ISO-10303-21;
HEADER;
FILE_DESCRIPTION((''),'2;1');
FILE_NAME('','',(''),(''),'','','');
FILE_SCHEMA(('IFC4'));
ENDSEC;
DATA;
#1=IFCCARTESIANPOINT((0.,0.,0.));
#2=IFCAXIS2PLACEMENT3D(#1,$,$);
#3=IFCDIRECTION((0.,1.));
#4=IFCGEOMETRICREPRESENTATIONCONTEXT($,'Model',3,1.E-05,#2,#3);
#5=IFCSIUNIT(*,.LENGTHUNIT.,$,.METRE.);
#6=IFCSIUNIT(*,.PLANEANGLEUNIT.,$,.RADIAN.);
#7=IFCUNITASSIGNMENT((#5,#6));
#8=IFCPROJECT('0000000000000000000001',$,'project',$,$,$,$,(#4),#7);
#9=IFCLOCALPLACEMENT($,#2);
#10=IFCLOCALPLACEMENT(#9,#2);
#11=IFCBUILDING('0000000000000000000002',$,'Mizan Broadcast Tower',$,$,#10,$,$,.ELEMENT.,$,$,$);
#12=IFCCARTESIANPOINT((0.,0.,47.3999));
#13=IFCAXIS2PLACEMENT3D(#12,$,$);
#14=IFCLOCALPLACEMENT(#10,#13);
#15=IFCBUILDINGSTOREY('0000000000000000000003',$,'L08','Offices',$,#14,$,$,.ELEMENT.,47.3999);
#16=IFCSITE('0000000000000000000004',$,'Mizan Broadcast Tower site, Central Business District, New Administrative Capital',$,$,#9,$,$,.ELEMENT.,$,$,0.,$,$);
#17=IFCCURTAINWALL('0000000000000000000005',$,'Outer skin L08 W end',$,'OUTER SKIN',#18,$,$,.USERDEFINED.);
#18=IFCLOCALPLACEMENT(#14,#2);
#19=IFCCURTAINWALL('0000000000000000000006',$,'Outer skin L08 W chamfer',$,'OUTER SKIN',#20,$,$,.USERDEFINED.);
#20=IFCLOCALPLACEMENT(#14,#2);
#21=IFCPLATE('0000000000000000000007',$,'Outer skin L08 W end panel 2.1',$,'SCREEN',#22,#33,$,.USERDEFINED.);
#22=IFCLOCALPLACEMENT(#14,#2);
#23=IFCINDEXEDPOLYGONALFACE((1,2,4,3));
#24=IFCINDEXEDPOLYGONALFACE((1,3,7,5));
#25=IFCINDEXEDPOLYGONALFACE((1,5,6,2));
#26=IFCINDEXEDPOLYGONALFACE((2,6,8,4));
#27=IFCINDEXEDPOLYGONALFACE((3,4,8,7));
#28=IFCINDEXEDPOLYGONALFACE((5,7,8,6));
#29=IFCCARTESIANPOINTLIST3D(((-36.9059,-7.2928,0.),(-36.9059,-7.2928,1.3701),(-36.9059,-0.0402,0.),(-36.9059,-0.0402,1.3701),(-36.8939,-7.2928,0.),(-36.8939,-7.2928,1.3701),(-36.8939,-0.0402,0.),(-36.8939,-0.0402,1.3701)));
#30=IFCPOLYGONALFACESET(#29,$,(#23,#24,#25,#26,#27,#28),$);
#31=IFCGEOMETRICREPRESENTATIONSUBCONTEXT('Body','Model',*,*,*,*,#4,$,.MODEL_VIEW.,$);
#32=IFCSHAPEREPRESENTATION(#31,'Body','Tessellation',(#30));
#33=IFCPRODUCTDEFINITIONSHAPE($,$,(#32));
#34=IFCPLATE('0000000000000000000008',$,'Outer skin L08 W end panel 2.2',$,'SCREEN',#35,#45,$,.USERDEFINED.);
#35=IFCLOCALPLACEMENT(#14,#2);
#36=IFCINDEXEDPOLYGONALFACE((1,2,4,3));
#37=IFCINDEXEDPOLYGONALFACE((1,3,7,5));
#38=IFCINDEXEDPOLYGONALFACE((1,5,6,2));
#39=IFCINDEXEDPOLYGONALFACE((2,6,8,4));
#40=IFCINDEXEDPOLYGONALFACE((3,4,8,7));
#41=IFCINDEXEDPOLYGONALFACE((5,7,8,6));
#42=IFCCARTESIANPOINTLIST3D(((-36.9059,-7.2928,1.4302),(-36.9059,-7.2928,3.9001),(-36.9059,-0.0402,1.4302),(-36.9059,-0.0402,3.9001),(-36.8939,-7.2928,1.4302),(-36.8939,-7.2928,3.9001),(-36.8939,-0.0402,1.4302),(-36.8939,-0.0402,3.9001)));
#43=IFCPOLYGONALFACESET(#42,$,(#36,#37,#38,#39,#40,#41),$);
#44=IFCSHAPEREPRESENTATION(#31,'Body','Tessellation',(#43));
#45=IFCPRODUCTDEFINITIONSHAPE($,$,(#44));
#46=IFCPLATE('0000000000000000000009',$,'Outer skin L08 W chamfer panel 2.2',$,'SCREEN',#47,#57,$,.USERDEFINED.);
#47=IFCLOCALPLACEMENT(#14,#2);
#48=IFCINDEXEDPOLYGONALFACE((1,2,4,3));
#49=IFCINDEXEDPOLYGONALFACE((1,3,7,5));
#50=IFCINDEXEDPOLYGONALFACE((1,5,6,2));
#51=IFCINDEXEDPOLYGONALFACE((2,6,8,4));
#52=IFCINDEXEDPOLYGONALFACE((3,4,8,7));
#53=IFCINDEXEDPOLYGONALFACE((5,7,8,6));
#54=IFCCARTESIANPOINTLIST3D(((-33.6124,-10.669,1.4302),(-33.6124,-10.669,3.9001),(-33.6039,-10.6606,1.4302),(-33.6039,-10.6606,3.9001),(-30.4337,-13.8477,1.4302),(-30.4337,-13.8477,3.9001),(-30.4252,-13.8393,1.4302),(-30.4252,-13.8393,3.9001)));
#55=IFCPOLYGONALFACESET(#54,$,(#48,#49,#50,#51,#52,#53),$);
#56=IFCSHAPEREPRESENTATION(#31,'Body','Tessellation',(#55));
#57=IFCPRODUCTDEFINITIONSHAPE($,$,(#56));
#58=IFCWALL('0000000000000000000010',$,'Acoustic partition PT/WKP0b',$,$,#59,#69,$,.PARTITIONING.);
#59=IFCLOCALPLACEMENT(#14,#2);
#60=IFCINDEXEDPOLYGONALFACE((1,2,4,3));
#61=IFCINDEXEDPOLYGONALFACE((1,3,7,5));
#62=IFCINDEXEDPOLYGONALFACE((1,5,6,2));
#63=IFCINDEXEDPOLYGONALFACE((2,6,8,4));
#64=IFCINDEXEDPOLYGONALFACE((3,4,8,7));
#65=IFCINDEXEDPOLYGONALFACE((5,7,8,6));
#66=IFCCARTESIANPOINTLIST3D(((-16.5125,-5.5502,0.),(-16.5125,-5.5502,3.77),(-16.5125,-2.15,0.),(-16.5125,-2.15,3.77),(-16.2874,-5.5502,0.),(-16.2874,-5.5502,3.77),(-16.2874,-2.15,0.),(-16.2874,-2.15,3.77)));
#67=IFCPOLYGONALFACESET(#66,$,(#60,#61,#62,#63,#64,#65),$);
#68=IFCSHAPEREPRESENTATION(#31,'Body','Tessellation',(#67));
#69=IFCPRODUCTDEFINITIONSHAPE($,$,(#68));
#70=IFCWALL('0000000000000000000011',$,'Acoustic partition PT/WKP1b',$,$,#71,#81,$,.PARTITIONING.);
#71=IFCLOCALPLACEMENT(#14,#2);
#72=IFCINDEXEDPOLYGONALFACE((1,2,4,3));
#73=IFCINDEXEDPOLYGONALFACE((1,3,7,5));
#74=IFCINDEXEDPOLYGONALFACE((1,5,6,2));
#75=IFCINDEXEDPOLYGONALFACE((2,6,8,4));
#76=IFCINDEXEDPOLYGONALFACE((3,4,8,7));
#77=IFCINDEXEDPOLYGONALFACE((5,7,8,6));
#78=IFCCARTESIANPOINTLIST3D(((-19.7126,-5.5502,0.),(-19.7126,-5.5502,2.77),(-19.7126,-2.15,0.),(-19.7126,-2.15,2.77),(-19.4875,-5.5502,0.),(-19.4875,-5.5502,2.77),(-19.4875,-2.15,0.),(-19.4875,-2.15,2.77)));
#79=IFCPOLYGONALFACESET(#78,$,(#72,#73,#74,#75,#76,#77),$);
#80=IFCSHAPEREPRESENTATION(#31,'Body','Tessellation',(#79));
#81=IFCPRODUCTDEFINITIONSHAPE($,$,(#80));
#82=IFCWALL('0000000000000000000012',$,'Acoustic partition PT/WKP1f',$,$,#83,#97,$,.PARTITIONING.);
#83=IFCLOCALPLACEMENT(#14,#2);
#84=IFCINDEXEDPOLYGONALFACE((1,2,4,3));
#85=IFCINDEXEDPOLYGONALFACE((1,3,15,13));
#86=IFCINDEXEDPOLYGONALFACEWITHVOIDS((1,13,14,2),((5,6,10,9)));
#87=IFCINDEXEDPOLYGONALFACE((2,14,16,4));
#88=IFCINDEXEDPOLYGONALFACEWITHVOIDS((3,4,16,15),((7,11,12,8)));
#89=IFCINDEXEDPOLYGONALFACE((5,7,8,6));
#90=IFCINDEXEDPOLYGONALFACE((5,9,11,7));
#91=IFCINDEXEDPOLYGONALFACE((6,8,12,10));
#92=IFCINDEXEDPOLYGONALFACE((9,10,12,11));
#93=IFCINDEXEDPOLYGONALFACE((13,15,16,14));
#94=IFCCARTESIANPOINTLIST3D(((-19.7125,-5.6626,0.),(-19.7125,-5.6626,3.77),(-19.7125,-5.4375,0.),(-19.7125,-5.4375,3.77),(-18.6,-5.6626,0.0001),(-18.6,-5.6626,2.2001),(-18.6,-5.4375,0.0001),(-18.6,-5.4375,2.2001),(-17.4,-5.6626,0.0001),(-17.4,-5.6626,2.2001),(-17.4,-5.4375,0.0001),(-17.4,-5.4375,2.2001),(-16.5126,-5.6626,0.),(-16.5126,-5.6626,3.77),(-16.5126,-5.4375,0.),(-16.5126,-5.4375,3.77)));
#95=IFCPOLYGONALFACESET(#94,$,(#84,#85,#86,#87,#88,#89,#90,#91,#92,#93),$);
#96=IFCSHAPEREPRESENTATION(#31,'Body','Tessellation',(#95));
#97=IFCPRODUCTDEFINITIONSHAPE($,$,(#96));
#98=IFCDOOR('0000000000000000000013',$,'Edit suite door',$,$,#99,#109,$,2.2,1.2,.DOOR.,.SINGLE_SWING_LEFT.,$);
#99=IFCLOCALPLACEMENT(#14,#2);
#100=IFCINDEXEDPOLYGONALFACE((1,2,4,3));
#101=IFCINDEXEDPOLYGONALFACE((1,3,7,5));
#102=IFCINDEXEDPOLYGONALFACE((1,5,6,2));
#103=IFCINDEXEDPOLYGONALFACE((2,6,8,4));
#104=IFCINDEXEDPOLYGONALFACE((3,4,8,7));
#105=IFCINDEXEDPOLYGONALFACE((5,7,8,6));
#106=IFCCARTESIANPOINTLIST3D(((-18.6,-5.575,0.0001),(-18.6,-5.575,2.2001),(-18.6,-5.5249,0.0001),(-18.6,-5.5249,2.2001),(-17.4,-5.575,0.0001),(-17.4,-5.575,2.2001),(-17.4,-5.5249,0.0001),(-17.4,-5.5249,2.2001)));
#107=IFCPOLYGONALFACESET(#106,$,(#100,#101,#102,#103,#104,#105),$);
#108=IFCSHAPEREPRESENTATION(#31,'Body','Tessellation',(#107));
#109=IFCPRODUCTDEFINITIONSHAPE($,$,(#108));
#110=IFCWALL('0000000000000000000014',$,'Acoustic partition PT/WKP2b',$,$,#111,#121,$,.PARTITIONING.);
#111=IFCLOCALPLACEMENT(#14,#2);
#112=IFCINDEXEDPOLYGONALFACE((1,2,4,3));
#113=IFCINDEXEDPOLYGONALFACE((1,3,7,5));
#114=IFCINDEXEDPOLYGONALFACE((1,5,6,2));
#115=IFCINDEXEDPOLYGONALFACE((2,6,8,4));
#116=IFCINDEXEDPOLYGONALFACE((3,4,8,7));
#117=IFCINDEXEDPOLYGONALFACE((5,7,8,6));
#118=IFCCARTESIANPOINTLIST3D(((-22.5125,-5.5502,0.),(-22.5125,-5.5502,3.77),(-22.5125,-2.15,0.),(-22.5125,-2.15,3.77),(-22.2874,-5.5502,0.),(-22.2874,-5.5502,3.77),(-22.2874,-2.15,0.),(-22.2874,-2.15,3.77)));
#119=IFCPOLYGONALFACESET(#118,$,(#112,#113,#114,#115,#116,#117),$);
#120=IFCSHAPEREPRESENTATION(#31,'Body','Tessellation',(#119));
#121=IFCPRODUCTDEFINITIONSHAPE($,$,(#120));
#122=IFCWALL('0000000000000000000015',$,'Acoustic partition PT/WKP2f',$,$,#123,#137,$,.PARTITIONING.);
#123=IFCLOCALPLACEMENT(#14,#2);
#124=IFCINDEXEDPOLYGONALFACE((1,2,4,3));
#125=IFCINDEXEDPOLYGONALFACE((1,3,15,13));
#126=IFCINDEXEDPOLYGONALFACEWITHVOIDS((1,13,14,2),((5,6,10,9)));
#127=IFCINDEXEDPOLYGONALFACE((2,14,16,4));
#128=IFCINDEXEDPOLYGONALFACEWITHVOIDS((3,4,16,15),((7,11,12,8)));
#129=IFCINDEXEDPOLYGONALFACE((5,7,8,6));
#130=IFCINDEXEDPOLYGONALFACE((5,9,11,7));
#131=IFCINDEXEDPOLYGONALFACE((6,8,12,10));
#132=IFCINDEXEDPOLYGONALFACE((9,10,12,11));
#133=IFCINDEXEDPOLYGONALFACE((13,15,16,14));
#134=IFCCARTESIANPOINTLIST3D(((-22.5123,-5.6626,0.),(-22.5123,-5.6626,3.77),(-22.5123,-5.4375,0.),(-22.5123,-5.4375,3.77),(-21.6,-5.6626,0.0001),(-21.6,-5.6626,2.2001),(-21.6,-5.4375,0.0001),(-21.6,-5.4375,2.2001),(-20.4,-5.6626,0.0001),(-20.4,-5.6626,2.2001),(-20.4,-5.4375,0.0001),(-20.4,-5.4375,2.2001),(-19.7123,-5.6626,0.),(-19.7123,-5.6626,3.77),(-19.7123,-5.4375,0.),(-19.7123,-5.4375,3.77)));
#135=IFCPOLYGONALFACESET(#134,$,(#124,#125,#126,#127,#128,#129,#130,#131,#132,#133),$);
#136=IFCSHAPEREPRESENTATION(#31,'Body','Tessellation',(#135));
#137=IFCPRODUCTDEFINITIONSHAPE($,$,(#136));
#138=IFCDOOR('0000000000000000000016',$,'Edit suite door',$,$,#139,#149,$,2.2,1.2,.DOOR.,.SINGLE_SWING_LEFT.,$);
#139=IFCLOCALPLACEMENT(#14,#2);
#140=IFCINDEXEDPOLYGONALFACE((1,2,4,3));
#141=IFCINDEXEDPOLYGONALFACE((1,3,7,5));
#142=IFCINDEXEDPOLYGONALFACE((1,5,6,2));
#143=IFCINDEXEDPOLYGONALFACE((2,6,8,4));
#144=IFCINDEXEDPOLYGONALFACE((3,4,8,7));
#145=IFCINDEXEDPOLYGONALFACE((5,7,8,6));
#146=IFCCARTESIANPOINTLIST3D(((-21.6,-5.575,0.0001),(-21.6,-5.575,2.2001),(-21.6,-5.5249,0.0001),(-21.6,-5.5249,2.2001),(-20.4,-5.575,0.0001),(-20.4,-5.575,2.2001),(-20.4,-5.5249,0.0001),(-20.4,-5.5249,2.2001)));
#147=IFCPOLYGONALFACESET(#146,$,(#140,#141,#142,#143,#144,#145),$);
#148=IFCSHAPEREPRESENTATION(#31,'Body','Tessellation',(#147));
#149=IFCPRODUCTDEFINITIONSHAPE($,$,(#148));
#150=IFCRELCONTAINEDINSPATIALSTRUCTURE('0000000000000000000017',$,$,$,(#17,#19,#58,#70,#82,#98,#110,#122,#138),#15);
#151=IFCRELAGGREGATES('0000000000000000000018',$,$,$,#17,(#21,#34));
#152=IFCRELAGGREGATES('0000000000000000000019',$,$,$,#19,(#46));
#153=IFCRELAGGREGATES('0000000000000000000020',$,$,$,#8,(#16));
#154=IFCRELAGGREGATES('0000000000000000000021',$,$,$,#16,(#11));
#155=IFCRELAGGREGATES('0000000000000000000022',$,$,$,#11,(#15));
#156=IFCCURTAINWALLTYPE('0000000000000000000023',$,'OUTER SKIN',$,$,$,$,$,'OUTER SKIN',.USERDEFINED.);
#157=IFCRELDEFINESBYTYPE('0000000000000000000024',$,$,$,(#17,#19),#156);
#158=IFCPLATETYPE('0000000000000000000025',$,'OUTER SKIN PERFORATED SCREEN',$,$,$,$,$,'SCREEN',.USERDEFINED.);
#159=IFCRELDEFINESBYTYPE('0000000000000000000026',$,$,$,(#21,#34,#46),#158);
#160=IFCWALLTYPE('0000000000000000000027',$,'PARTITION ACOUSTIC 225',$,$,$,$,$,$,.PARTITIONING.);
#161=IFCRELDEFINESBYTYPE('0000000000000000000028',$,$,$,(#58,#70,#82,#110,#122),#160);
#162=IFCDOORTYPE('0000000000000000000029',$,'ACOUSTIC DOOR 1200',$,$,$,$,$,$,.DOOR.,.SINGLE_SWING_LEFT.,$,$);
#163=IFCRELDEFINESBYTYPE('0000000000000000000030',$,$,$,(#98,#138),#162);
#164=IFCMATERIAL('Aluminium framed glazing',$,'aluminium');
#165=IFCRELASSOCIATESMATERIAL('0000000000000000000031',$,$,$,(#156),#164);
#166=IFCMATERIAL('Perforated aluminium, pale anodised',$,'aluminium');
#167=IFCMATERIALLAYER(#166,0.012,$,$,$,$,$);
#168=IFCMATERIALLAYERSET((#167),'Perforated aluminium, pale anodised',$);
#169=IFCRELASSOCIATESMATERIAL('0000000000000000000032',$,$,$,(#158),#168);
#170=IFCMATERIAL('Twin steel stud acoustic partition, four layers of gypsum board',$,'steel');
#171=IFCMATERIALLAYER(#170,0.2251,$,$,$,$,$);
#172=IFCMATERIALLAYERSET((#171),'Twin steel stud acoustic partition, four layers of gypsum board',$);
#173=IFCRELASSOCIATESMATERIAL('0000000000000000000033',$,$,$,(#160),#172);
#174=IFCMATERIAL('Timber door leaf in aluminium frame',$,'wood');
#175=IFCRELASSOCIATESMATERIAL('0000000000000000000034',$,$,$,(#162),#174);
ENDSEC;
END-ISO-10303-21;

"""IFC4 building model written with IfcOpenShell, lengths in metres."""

from ifc_helpers import new_model, si_unit, direction, frame, frame_2d, origin, origin_2d, place, context, subcontext, project, spatial, rectangle, extrude, material, layer, layer_set, type_object, element, fill, aggregate, save


model = new_model("IFC4")

# Units and contexts
model_context = context("Model", 3, precision=1e-05, world=origin(), true_north=direction((0.0, 1.0)))
body_context = subcontext(model_context, "Body", "Model", "MODEL_VIEW")
ifc_project = project(units=[si_unit("LENGTHUNIT", "METRE"), si_unit("PLANEANGLEUNIT", "RADIAN")], contexts=[model_context])

# Site, building, storey
site_placement = place(None, origin())
site = spatial("IfcSite", under=ifc_project, at=site_placement, Name="Mizan Broadcast Tower site, Central Business District, New Administrative Capital", CompositionType="ELEMENT", RefElevation=0.0)
building_placement = place(site_placement, origin())
building = spatial("IfcBuilding", under=site, at=building_placement, Name="Mizan Broadcast Tower", CompositionType="ELEMENT")
storey_placement = place(building_placement, frame((0.0, 0.0, 47.3999)))
storey = spatial("IfcBuildingStorey", under=building, at=storey_placement, Name="L08", Description="Offices", CompositionType="ELEMENT", Elevation=47.3999)

# Curtain walls
ifc_material_1 = material(Name="Aluminium framed glazing", Category="aluminium")
curtain_wall_type_1 = type_object("IfcCurtainWallType", Name="OUTER SKIN", ElementType="OUTER SKIN", PredefinedType="USERDEFINED", material=ifc_material_1)
curtain_wall_1_placement = place(storey_placement, origin())
curtain_wall_1 = element("IfcCurtainWall", 1, at=curtain_wall_1_placement, inside=storey, type_object=curtain_wall_type_1, Name="Outer skin L08 W end", ObjectType="OUTER SKIN", PredefinedType="USERDEFINED")
curtain_wall_2_placement = place(storey_placement, origin())
curtain_wall_2 = element("IfcCurtainWall", 2, at=curtain_wall_2_placement, inside=storey, type_object=curtain_wall_type_1, Name="Outer skin L08 W chamfer", ObjectType="OUTER SKIN", PredefinedType="USERDEFINED")

# Plates
ifc_material_2 = material(Name="Perforated aluminium, pale anodised", Category="aluminium")
ifc_layer_1 = layer(ifc_material_2, 0.012)
ifc_layer_set_1 = layer_set([ifc_layer_1], Name="Perforated aluminium, pale anodised")
plate_type_1 = type_object("IfcPlateType", Name="OUTER SKIN PERFORATED SCREEN", ElementType="SCREEN", PredefinedType="USERDEFINED", material=ifc_layer_set_1)
plate_1_placement = place(storey_placement, frame((-36.8999, -3.6665, 0.0), z_axis=(0.0, 0.0, 1.0), x_axis=(0.0, -1.0, 0.0)))
plate_1 = element("IfcPlate", 3, at=plate_1_placement, type_object=plate_type_1, Name="Outer skin L08 W end panel 2.1", ObjectType="SCREEN", PredefinedType="USERDEFINED", context=body_context, shape_type="SweptSolid", body=[
    extrude(rectangle(XDim=7.2527, YDim=0.012, at=origin_2d()), origin(), (0.0, 0.0, 1.0), 1.3701),
])
plate_2_placement = place(storey_placement, frame((-36.8999, -3.6665, 1.4302), z_axis=(0.0, 0.0, 1.0), x_axis=(0.0, -1.0, 0.0)))
plate_2 = element("IfcPlate", 4, at=plate_2_placement, type_object=plate_type_1, Name="Outer skin L08 W end panel 2.2", ObjectType="SCREEN", PredefinedType="USERDEFINED", context=body_context, shape_type="SweptSolid", body=[
    extrude(rectangle(XDim=7.2527, YDim=0.012, at=origin_2d()), origin(), (0.0, 0.0, 1.0), 2.47),
])
aggregate(curtain_wall_1, [plate_1, plate_2])
plate_3_placement = place(storey_placement, frame((-32.0188, -12.2542, 1.4302), z_axis=(0.0, 0.0, 1.0), x_axis=(0.707107, -0.707107, 0.0)))
plate_3 = element("IfcPlate", 5, at=plate_3_placement, type_object=plate_type_1, Name="Outer skin L08 W chamfer panel 2.2", ObjectType="SCREEN", PredefinedType="USERDEFINED", context=body_context, shape_type="SweptSolid", body=[
    extrude(rectangle(XDim=4.4954, YDim=0.012, at=origin_2d()), origin(), (0.0, 0.0, 1.0), 2.47),
])
aggregate(curtain_wall_2, [plate_3])

# Walls
ifc_material_3 = material(Name="Twin steel stud acoustic partition, four layers of gypsum board", Category="steel")
ifc_layer_2 = layer(ifc_material_3, 0.2251)
ifc_layer_set_2 = layer_set([ifc_layer_2], Name="Twin steel stud acoustic partition, four layers of gypsum board")
wall_type = type_object("IfcWallType", Name="PARTITION ACOUSTIC 225", PredefinedType="PARTITIONING", material=ifc_layer_set_2)
wall_1_placement = place(storey_placement, frame((-16.3999, -2.1499, 0.0), z_axis=(0.0, 0.0, 1.0), x_axis=(0.0, -1.0, 0.0)))
element("IfcWall", 6, at=wall_1_placement, inside=storey, type_object=wall_type, Name="Acoustic partition PT/WKP0b", PredefinedType="PARTITIONING", context=body_context, shape_type="SweptSolid", body=[
    extrude(rectangle(XDim=3.4001, YDim=0.2251, at=frame_2d((1.7002, 0.0))), origin(), (0.0, 0.0, 1.0), 3.77),
])
wall_2_placement = place(storey_placement, frame((-19.6001, -2.1499, 0.0), z_axis=(0.0, 0.0, 1.0), x_axis=(0.0, -1.0, 0.0)))
element("IfcWall", 7, at=wall_2_placement, inside=storey, type_object=wall_type, Name="Acoustic partition PT/WKP1b", PredefinedType="PARTITIONING", context=body_context, shape_type="SweptSolid", body=[
    extrude(rectangle(XDim=3.4001, YDim=0.2251, at=frame_2d((1.7002, 0.0))), origin(), (0.0, 0.0, 1.0), 2.77),
])

# Wall, opening, door
wall_3_placement = place(storey_placement, frame((-16.5125, -5.55, 0.0), z_axis=(0.0, 0.0, 1.0), x_axis=(-1.0, 0.0, 0.0)))
wall_3 = element("IfcWall", 8, at=wall_3_placement, inside=storey, type_object=wall_type, Name="Acoustic partition PT/WKP1f", PredefinedType="PARTITIONING", context=body_context, shape_type="SweptSolid", body=[
    extrude(rectangle(XDim=3.2, YDim=0.2251, at=frame_2d((1.6001, 0.0))), origin(), (0.0, 0.0, 1.0), 3.77),
])
opening_1_placement = place(wall_3_placement, frame((0.8875, 0.0, 0.0)))
opening_1 = element("IfcOpeningElement", 9, at=opening_1_placement, cuts=wall_3, PredefinedType="OPENING", context=body_context, shape_type="SweptSolid", body=[
    extrude(rectangle(XDim=1.2, YDim=2.2, at=frame_2d((0.6001, 1.1001))), frame((0.0, 0.1226, 0.0), z_axis=(0.0, -1.0, 0.0), x_axis=(1.0, 0.0, 0.0)), (0.0, 0.0, 1.0), 0.2451),
])
ifc_material_4 = material(Name="Timber door leaf in aluminium frame", Category="wood")
door_type = type_object("IfcDoorType", Name="ACOUSTIC DOOR 1200", OperationType="SINGLE_SWING_LEFT", PredefinedType="DOOR", material=ifc_material_4)
door_1_placement = place(opening_1_placement, origin())
door_1 = element("IfcDoor", 10, at=door_1_placement, inside=storey, type_object=door_type, Name="Edit suite door", OperationType="SINGLE_SWING_LEFT", OverallHeight=2.2, OverallWidth=1.2, PredefinedType="DOOR", context=body_context, shape_type="SweptSolid", body=[
    extrude(rectangle(XDim=1.2, YDim=2.2, at=frame_2d((0.6001, 1.1001))), frame((0.0, 0.0249, 0.0), z_axis=(0.0, -1.0, 0.0), x_axis=(1.0, 0.0, 0.0)), (0.0, 0.0, 1.0), 0.05),
])
fill(opening_1, door_1)

# Wall
wall_4_placement = place(storey_placement, frame((-22.3999, -2.1499, 0.0), z_axis=(0.0, 0.0, 1.0), x_axis=(0.0, -1.0, 0.0)))
element("IfcWall", 11, at=wall_4_placement, inside=storey, type_object=wall_type, Name="Acoustic partition PT/WKP2b", PredefinedType="PARTITIONING", context=body_context, shape_type="SweptSolid", body=[
    extrude(rectangle(XDim=3.4001, YDim=0.2251, at=frame_2d((1.7002, 0.0))), origin(), (0.0, 0.0, 1.0), 3.77),
])

# Wall, opening, door
wall_5_placement = place(storey_placement, frame((-19.7124, -5.55, 0.0), z_axis=(0.0, 0.0, 1.0), x_axis=(-1.0, 0.0, 0.0)))
wall_5 = element("IfcWall", 12, at=wall_5_placement, inside=storey, type_object=wall_type, Name="Acoustic partition PT/WKP2f", PredefinedType="PARTITIONING", context=body_context, shape_type="SweptSolid", body=[
    extrude(rectangle(XDim=2.8, YDim=0.2251, at=frame_2d((1.3999, 0.0))), origin(), (0.0, 0.0, 1.0), 3.77),
])
opening_2_placement = place(wall_5_placement, frame((0.6875, 0.0, 0.0)))
opening_2 = element("IfcOpeningElement", 13, at=opening_2_placement, cuts=wall_5, PredefinedType="OPENING", context=body_context, shape_type="SweptSolid", body=[
    extrude(rectangle(XDim=1.2, YDim=2.2, at=frame_2d((0.6001, 1.1001))), frame((0.0, 0.1226, 0.0), z_axis=(0.0, -1.0, 0.0), x_axis=(1.0, 0.0, 0.0)), (0.0, 0.0, 1.0), 0.2451),
])
door_2_placement = place(opening_2_placement, origin())
door_2 = element("IfcDoor", 14, at=door_2_placement, inside=storey, type_object=door_type, Name="Edit suite door", OperationType="SINGLE_SWING_LEFT", OverallHeight=2.2, OverallWidth=1.2, PredefinedType="DOOR", context=body_context, shape_type="SweptSolid", body=[
    extrude(rectangle(XDim=1.2, YDim=2.2, at=frame_2d((0.6001, 1.1001))), frame((0.0, 0.0249, 0.0), z_axis=(0.0, -1.0, 0.0), x_axis=(1.0, 0.0, 0.0)), (0.0, 0.0, 1.0), 0.05),
])
fill(opening_2, door_2)

save(model, "model.ifc")
